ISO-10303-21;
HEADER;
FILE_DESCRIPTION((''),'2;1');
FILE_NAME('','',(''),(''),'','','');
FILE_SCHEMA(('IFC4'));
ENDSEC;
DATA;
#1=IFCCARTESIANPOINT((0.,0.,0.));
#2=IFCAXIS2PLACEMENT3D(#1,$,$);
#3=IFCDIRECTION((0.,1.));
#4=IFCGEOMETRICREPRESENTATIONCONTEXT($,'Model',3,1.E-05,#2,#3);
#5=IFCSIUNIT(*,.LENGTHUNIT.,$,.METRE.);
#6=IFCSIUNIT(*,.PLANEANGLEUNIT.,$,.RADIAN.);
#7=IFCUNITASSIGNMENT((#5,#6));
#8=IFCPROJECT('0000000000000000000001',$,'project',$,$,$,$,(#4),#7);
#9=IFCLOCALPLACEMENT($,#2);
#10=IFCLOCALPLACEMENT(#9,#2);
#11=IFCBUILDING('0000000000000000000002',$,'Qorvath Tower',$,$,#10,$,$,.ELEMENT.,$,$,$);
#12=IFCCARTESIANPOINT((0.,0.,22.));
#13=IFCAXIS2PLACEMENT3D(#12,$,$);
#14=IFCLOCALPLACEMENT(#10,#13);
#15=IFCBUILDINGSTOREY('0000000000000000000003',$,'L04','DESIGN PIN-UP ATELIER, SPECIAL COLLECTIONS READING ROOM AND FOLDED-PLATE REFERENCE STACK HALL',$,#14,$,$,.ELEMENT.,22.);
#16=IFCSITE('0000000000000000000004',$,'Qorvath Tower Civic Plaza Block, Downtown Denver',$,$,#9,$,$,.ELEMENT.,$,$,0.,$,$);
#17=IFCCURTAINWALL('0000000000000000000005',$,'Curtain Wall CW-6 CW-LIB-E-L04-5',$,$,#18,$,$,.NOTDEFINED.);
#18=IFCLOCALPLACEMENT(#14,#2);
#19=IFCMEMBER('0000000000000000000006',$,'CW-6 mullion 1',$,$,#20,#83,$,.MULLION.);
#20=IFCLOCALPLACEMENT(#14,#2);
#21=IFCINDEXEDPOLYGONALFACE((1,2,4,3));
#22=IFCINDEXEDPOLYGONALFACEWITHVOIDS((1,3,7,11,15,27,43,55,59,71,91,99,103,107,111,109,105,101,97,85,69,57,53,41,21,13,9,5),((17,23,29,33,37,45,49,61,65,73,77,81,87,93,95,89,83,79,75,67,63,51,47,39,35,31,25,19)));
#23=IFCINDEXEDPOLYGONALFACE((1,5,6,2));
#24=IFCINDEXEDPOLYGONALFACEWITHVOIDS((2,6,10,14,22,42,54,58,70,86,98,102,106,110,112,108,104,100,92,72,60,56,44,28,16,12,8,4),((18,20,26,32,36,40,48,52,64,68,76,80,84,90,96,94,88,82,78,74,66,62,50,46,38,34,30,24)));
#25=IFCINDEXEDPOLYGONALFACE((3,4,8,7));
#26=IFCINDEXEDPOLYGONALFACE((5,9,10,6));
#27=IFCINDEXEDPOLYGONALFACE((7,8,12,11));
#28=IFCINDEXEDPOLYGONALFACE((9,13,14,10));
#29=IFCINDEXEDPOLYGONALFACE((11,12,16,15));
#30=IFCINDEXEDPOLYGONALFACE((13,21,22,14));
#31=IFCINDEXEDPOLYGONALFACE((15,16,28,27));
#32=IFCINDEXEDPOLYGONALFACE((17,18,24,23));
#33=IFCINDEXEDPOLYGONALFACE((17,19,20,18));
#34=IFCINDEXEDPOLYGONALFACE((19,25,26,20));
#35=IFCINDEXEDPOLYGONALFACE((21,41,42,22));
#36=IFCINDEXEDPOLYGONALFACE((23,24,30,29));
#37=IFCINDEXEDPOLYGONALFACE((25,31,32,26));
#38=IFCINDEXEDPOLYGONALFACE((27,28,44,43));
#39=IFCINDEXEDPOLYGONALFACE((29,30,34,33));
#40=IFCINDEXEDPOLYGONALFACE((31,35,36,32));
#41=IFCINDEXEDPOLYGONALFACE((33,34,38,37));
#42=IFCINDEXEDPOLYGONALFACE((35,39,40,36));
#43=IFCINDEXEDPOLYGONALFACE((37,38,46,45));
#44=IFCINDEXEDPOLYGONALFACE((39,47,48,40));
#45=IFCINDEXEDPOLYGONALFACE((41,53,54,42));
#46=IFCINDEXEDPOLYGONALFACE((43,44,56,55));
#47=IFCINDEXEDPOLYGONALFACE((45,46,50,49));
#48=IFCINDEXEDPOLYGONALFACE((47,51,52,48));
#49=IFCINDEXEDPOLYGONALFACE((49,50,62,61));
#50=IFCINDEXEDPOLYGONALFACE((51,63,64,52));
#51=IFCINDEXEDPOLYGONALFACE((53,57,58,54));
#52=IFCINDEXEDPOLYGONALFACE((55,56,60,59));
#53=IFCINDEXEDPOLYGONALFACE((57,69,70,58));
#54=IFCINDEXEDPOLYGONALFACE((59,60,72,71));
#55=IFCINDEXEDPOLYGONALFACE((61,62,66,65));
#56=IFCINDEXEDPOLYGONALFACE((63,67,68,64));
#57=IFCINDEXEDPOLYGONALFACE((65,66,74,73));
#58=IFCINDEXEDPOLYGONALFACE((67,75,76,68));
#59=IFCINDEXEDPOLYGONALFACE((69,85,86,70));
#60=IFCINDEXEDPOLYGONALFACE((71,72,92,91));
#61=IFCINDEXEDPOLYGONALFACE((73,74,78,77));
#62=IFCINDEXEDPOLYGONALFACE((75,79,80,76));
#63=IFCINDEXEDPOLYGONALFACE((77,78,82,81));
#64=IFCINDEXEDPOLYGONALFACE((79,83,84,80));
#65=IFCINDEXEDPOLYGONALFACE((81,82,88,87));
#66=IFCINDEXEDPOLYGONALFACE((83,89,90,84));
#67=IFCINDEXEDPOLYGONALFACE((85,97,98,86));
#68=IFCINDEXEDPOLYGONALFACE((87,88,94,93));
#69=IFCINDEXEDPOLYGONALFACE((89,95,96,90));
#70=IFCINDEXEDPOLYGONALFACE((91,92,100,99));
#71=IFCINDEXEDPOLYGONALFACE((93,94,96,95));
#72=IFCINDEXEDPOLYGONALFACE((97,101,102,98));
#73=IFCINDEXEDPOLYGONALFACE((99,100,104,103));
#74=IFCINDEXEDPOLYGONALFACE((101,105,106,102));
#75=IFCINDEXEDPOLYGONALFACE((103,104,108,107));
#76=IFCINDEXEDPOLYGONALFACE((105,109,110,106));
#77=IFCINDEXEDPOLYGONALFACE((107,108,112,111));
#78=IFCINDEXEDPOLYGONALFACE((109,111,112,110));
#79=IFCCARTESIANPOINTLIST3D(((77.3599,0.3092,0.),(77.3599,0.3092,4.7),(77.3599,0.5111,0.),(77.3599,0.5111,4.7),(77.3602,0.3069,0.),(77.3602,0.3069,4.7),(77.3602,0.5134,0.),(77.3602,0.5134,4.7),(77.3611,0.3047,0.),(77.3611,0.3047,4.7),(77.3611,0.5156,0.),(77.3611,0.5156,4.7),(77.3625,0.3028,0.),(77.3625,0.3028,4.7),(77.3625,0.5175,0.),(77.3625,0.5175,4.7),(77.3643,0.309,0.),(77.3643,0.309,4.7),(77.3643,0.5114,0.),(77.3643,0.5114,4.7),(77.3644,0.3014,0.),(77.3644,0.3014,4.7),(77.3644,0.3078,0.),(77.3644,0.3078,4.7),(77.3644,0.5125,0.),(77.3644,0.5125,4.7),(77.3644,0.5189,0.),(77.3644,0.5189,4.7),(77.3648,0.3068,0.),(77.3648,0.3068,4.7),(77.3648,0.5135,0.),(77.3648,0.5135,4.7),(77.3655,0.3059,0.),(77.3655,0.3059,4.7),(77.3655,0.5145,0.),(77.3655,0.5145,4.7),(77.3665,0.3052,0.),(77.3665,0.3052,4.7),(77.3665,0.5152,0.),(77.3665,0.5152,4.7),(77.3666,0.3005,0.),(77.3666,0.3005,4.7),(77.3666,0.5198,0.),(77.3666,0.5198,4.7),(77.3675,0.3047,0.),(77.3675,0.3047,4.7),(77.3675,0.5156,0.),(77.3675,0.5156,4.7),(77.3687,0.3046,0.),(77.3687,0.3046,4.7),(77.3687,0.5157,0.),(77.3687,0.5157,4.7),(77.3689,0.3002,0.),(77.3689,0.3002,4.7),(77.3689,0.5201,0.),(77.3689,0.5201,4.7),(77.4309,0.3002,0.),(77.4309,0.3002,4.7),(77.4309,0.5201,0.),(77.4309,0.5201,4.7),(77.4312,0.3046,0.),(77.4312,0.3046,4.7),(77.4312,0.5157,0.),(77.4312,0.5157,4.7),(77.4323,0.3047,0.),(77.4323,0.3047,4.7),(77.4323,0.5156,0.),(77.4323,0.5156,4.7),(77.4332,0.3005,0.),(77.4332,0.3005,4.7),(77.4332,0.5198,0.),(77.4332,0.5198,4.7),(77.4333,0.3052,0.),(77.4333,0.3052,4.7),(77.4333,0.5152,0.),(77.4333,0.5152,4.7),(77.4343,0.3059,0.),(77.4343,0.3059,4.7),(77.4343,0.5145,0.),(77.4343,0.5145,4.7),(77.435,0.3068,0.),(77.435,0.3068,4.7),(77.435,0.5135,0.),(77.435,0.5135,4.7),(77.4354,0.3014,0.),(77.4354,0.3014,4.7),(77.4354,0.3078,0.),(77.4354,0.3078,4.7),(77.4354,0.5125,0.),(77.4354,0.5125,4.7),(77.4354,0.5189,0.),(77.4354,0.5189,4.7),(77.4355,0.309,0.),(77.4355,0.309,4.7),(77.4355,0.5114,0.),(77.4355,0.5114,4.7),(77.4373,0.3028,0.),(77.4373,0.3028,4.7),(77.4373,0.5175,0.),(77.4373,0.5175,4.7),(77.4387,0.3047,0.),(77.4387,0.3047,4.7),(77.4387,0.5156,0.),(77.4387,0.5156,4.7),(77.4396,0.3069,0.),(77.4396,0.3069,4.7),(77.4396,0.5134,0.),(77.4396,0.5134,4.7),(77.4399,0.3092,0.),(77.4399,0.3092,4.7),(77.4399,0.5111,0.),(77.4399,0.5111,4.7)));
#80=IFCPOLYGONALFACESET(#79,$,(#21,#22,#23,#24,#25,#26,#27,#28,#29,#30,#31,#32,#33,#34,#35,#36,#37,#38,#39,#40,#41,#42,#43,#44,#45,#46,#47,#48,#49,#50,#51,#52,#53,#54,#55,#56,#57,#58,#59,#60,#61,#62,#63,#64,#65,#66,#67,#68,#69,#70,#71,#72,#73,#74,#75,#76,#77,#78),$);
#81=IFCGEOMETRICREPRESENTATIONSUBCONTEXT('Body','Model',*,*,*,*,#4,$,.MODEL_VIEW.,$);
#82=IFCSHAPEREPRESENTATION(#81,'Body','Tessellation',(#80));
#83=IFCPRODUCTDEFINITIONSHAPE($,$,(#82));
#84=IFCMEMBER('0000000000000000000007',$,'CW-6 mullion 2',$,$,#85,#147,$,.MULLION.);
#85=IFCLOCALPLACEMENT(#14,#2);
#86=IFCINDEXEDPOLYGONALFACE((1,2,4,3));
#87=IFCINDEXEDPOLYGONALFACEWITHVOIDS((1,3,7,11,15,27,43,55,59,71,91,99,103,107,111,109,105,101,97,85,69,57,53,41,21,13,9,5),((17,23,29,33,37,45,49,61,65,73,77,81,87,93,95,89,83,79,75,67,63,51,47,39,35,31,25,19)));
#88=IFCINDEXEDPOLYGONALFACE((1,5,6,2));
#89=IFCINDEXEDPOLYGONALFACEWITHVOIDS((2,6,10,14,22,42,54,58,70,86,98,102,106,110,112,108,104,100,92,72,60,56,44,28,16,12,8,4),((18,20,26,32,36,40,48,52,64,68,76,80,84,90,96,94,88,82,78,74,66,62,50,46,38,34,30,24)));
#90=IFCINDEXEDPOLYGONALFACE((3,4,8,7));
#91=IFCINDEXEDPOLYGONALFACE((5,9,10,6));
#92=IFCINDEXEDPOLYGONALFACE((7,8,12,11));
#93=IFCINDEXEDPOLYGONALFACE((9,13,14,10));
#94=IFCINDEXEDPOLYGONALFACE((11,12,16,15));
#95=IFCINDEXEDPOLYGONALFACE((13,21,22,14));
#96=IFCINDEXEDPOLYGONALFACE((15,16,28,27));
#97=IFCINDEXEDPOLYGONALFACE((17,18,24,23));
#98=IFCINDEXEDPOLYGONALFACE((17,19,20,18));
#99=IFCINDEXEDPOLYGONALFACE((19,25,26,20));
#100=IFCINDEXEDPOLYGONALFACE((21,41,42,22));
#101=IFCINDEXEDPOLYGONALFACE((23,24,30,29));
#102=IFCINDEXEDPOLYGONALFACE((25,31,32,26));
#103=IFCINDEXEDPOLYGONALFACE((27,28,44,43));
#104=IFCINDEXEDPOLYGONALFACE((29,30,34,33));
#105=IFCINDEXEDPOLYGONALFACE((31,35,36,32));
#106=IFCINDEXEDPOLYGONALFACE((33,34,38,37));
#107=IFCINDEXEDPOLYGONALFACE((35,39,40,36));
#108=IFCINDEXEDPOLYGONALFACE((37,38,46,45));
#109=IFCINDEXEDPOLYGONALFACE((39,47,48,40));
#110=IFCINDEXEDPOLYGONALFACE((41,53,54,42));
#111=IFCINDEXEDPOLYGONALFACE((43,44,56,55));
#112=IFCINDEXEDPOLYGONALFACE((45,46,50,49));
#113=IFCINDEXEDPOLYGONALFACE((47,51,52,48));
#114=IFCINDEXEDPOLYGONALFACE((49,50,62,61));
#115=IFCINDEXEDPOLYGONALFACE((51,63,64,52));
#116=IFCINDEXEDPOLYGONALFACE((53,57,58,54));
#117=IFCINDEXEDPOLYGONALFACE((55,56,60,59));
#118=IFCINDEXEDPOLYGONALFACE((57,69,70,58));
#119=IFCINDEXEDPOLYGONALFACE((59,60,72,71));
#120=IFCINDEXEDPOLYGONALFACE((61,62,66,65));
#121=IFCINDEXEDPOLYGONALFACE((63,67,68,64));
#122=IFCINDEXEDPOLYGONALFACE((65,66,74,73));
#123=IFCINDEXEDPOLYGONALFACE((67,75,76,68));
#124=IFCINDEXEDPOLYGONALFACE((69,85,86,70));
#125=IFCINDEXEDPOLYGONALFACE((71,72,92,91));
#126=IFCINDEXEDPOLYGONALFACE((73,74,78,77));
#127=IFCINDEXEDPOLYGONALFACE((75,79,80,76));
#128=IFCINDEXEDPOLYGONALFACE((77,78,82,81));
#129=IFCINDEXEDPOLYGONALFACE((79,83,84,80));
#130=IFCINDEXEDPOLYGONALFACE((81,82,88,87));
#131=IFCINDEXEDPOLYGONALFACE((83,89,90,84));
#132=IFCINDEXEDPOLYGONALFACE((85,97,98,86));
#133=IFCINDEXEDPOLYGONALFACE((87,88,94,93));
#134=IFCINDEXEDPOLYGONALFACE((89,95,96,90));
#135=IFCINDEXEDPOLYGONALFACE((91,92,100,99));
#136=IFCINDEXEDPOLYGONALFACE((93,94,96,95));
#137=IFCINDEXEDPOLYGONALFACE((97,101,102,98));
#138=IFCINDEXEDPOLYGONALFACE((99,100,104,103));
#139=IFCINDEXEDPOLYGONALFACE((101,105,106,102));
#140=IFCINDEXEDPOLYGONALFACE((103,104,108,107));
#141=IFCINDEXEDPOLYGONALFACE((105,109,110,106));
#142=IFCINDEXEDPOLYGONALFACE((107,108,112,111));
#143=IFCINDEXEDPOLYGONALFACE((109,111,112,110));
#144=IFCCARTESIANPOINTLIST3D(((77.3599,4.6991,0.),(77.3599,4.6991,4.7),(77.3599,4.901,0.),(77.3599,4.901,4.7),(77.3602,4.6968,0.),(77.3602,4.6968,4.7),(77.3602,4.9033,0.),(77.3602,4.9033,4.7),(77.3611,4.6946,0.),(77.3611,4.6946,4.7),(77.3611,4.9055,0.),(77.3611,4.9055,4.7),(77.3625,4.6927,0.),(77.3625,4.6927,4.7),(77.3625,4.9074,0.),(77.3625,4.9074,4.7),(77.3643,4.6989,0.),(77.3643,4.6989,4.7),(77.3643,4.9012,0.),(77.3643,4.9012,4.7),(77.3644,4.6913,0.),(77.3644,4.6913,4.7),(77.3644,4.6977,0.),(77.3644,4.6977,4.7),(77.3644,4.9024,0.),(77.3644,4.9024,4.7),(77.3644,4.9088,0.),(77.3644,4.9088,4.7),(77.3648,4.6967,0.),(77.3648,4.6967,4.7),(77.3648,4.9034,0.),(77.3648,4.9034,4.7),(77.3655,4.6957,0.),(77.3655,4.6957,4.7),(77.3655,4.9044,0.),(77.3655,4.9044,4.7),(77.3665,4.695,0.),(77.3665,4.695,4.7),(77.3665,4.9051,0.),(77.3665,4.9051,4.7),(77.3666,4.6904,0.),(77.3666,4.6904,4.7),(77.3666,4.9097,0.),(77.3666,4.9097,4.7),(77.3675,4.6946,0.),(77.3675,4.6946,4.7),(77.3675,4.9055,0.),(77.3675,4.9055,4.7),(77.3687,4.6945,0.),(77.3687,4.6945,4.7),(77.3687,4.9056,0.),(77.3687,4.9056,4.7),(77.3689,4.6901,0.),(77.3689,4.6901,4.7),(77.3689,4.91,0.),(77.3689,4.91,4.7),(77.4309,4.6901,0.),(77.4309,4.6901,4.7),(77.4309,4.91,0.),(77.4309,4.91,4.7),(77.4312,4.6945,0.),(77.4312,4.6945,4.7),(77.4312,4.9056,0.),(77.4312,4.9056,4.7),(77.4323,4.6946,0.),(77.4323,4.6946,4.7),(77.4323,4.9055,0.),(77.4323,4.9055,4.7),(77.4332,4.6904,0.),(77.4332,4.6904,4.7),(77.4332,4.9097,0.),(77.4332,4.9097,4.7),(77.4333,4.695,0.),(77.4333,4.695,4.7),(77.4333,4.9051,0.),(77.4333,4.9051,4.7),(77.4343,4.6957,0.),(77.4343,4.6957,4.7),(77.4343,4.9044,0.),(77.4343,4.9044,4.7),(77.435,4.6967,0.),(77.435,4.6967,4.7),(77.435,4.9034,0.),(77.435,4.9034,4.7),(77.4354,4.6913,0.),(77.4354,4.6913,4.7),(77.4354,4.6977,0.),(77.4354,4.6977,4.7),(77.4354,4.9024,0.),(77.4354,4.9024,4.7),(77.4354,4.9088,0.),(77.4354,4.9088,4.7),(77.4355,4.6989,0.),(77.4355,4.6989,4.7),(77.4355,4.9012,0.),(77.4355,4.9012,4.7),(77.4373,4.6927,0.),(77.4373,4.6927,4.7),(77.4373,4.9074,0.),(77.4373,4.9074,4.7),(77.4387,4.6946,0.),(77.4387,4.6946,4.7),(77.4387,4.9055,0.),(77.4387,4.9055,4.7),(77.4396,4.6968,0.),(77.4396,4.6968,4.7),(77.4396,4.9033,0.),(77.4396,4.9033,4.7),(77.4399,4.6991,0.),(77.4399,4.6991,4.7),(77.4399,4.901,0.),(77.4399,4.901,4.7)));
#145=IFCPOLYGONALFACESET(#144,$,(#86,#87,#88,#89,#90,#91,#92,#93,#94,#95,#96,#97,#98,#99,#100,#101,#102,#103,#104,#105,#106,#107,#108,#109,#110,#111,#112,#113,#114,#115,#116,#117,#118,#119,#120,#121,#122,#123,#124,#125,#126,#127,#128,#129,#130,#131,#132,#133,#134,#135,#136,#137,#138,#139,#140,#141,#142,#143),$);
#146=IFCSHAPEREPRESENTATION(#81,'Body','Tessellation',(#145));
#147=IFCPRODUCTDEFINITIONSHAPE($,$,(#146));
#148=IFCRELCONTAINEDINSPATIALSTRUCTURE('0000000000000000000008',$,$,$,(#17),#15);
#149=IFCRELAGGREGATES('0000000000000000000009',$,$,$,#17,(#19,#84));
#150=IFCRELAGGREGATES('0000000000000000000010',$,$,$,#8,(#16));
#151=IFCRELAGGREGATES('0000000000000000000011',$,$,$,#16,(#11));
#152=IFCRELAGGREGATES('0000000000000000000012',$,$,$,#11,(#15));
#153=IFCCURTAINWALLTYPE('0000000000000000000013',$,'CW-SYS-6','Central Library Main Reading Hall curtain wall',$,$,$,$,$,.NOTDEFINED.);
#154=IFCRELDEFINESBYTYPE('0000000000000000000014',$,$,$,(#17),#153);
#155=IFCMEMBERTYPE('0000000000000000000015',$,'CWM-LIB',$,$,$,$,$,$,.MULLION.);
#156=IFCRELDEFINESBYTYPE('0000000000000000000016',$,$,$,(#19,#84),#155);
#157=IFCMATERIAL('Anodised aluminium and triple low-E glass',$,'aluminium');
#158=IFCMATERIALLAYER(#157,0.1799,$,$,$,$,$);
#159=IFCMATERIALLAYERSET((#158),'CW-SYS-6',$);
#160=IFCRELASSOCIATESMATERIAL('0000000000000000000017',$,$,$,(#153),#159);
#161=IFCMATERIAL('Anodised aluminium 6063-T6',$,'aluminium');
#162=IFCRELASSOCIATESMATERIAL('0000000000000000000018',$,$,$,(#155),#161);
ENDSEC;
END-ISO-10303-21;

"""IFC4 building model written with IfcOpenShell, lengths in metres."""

from ifc_helpers import new_model, si_unit, direction, frame, origin, origin_2d, place, context, subcontext, project, spatial, hollow_rectangle, extrude, material, layer, layer_set, material_profile, profile_set, type_object, element, aggregate, save


model = new_model("IFC4")

# Units and contexts
model_context = context("Model", 3, precision=1e-05, world=origin(), true_north=direction((0.0, 1.0)))
body_context = subcontext(model_context, "Body", "Model", "MODEL_VIEW")
ifc_project = project(units=[si_unit("LENGTHUNIT", "METRE"), si_unit("PLANEANGLEUNIT", "RADIAN")], contexts=[model_context])

# Site, building, storey
site_placement = place(None, origin())
site = spatial("IfcSite", under=ifc_project, at=site_placement, Name="Qorvath Tower Civic Plaza Block, Downtown Denver", CompositionType="ELEMENT", RefElevation=0.0)
building_placement = place(site_placement, origin())
building = spatial("IfcBuilding", under=site, at=building_placement, Name="Qorvath Tower", CompositionType="ELEMENT")
storey_placement = place(building_placement, frame((0.0, 0.0, 22.0)))
storey = spatial("IfcBuildingStorey", under=building, at=storey_placement, Name="L04", Description="DESIGN PIN-UP ATELIER, SPECIAL COLLECTIONS READING ROOM AND FOLDED-PLATE REFERENCE STACK HALL", CompositionType="ELEMENT", Elevation=22.0)

# Curtain wall, members
ifc_material_1 = material(Name="Anodised aluminium and triple low-E glass", Category="aluminium")
ifc_layer_1 = layer(ifc_material_1, 0.1799)
ifc_layer_set_1 = layer_set([ifc_layer_1], Name="CW-SYS-6")
curtain_wall_type = type_object("IfcCurtainWallType", Name="CW-SYS-6", Description="Central Library Main Reading Hall curtain wall", PredefinedType="NOTDEFINED", material=ifc_layer_set_1)
curtain_wall_1_placement = place(storey_placement, origin())
curtain_wall_1 = element("IfcCurtainWall", 1, at=curtain_wall_1_placement, inside=storey, type_object=curtain_wall_type, Name="Curtain Wall CW-6 CW-LIB-E-L04-5", PredefinedType="NOTDEFINED")
ifc_material_2 = material(Name="Anodised aluminium 6063-T6", Category="aluminium")
ifc_material_profile_1 = material_profile(ifc_material_2, hollow_rectangle(XDim=0.0801, YDim=0.22, WallThickness=0.0044, InnerFilletRadius=0.0044, OuterFilletRadius=0.009, at=origin_2d()), Name="CWM LIB 220x80")
ifc_profile_set_1 = profile_set([ifc_material_profile_1], Name="Anodised aluminium 6063-T6")
member_type_1 = type_object("IfcMemberType", Name="CWM-LIB", PredefinedType="MULLION", material=ifc_profile_set_1)
member_1_placement = place(storey_placement, frame((77.3999, 0.4102, 0.0), z_axis=(0.0, 0.0, 1.0), x_axis=(-1.0, 0.0, 0.0)))
member_1 = element("IfcMember", 2, at=member_1_placement, type_object=member_type_1, Name="CW-6 mullion 1", PredefinedType="MULLION", context=body_context, shape_type="SweptSolid", body=[
    extrude(hollow_rectangle(XDim=0.0801, YDim=0.22, WallThickness=0.0044, InnerFilletRadius=0.0044, OuterFilletRadius=0.009, at=origin_2d()), origin(), (0.0, 0.0, 1.0), 4.7),
])
member_2_placement = place(storey_placement, frame((77.3999, 4.8, 0.0), z_axis=(0.0, 0.0, 1.0), x_axis=(-1.0, 0.0, 0.0)))
member_2 = element("IfcMember", 3, at=member_2_placement, type_object=member_type_1, Name="CW-6 mullion 2", PredefinedType="MULLION", context=body_context, shape_type="SweptSolid", body=[
    extrude(hollow_rectangle(XDim=0.0801, YDim=0.22, WallThickness=0.0044, InnerFilletRadius=0.0044, OuterFilletRadius=0.009, at=origin_2d()), origin(), (0.0, 0.0, 1.0), 4.7),
])

aggregate(curtain_wall_1, [member_1, member_2])

save(model, "model.ifc")
